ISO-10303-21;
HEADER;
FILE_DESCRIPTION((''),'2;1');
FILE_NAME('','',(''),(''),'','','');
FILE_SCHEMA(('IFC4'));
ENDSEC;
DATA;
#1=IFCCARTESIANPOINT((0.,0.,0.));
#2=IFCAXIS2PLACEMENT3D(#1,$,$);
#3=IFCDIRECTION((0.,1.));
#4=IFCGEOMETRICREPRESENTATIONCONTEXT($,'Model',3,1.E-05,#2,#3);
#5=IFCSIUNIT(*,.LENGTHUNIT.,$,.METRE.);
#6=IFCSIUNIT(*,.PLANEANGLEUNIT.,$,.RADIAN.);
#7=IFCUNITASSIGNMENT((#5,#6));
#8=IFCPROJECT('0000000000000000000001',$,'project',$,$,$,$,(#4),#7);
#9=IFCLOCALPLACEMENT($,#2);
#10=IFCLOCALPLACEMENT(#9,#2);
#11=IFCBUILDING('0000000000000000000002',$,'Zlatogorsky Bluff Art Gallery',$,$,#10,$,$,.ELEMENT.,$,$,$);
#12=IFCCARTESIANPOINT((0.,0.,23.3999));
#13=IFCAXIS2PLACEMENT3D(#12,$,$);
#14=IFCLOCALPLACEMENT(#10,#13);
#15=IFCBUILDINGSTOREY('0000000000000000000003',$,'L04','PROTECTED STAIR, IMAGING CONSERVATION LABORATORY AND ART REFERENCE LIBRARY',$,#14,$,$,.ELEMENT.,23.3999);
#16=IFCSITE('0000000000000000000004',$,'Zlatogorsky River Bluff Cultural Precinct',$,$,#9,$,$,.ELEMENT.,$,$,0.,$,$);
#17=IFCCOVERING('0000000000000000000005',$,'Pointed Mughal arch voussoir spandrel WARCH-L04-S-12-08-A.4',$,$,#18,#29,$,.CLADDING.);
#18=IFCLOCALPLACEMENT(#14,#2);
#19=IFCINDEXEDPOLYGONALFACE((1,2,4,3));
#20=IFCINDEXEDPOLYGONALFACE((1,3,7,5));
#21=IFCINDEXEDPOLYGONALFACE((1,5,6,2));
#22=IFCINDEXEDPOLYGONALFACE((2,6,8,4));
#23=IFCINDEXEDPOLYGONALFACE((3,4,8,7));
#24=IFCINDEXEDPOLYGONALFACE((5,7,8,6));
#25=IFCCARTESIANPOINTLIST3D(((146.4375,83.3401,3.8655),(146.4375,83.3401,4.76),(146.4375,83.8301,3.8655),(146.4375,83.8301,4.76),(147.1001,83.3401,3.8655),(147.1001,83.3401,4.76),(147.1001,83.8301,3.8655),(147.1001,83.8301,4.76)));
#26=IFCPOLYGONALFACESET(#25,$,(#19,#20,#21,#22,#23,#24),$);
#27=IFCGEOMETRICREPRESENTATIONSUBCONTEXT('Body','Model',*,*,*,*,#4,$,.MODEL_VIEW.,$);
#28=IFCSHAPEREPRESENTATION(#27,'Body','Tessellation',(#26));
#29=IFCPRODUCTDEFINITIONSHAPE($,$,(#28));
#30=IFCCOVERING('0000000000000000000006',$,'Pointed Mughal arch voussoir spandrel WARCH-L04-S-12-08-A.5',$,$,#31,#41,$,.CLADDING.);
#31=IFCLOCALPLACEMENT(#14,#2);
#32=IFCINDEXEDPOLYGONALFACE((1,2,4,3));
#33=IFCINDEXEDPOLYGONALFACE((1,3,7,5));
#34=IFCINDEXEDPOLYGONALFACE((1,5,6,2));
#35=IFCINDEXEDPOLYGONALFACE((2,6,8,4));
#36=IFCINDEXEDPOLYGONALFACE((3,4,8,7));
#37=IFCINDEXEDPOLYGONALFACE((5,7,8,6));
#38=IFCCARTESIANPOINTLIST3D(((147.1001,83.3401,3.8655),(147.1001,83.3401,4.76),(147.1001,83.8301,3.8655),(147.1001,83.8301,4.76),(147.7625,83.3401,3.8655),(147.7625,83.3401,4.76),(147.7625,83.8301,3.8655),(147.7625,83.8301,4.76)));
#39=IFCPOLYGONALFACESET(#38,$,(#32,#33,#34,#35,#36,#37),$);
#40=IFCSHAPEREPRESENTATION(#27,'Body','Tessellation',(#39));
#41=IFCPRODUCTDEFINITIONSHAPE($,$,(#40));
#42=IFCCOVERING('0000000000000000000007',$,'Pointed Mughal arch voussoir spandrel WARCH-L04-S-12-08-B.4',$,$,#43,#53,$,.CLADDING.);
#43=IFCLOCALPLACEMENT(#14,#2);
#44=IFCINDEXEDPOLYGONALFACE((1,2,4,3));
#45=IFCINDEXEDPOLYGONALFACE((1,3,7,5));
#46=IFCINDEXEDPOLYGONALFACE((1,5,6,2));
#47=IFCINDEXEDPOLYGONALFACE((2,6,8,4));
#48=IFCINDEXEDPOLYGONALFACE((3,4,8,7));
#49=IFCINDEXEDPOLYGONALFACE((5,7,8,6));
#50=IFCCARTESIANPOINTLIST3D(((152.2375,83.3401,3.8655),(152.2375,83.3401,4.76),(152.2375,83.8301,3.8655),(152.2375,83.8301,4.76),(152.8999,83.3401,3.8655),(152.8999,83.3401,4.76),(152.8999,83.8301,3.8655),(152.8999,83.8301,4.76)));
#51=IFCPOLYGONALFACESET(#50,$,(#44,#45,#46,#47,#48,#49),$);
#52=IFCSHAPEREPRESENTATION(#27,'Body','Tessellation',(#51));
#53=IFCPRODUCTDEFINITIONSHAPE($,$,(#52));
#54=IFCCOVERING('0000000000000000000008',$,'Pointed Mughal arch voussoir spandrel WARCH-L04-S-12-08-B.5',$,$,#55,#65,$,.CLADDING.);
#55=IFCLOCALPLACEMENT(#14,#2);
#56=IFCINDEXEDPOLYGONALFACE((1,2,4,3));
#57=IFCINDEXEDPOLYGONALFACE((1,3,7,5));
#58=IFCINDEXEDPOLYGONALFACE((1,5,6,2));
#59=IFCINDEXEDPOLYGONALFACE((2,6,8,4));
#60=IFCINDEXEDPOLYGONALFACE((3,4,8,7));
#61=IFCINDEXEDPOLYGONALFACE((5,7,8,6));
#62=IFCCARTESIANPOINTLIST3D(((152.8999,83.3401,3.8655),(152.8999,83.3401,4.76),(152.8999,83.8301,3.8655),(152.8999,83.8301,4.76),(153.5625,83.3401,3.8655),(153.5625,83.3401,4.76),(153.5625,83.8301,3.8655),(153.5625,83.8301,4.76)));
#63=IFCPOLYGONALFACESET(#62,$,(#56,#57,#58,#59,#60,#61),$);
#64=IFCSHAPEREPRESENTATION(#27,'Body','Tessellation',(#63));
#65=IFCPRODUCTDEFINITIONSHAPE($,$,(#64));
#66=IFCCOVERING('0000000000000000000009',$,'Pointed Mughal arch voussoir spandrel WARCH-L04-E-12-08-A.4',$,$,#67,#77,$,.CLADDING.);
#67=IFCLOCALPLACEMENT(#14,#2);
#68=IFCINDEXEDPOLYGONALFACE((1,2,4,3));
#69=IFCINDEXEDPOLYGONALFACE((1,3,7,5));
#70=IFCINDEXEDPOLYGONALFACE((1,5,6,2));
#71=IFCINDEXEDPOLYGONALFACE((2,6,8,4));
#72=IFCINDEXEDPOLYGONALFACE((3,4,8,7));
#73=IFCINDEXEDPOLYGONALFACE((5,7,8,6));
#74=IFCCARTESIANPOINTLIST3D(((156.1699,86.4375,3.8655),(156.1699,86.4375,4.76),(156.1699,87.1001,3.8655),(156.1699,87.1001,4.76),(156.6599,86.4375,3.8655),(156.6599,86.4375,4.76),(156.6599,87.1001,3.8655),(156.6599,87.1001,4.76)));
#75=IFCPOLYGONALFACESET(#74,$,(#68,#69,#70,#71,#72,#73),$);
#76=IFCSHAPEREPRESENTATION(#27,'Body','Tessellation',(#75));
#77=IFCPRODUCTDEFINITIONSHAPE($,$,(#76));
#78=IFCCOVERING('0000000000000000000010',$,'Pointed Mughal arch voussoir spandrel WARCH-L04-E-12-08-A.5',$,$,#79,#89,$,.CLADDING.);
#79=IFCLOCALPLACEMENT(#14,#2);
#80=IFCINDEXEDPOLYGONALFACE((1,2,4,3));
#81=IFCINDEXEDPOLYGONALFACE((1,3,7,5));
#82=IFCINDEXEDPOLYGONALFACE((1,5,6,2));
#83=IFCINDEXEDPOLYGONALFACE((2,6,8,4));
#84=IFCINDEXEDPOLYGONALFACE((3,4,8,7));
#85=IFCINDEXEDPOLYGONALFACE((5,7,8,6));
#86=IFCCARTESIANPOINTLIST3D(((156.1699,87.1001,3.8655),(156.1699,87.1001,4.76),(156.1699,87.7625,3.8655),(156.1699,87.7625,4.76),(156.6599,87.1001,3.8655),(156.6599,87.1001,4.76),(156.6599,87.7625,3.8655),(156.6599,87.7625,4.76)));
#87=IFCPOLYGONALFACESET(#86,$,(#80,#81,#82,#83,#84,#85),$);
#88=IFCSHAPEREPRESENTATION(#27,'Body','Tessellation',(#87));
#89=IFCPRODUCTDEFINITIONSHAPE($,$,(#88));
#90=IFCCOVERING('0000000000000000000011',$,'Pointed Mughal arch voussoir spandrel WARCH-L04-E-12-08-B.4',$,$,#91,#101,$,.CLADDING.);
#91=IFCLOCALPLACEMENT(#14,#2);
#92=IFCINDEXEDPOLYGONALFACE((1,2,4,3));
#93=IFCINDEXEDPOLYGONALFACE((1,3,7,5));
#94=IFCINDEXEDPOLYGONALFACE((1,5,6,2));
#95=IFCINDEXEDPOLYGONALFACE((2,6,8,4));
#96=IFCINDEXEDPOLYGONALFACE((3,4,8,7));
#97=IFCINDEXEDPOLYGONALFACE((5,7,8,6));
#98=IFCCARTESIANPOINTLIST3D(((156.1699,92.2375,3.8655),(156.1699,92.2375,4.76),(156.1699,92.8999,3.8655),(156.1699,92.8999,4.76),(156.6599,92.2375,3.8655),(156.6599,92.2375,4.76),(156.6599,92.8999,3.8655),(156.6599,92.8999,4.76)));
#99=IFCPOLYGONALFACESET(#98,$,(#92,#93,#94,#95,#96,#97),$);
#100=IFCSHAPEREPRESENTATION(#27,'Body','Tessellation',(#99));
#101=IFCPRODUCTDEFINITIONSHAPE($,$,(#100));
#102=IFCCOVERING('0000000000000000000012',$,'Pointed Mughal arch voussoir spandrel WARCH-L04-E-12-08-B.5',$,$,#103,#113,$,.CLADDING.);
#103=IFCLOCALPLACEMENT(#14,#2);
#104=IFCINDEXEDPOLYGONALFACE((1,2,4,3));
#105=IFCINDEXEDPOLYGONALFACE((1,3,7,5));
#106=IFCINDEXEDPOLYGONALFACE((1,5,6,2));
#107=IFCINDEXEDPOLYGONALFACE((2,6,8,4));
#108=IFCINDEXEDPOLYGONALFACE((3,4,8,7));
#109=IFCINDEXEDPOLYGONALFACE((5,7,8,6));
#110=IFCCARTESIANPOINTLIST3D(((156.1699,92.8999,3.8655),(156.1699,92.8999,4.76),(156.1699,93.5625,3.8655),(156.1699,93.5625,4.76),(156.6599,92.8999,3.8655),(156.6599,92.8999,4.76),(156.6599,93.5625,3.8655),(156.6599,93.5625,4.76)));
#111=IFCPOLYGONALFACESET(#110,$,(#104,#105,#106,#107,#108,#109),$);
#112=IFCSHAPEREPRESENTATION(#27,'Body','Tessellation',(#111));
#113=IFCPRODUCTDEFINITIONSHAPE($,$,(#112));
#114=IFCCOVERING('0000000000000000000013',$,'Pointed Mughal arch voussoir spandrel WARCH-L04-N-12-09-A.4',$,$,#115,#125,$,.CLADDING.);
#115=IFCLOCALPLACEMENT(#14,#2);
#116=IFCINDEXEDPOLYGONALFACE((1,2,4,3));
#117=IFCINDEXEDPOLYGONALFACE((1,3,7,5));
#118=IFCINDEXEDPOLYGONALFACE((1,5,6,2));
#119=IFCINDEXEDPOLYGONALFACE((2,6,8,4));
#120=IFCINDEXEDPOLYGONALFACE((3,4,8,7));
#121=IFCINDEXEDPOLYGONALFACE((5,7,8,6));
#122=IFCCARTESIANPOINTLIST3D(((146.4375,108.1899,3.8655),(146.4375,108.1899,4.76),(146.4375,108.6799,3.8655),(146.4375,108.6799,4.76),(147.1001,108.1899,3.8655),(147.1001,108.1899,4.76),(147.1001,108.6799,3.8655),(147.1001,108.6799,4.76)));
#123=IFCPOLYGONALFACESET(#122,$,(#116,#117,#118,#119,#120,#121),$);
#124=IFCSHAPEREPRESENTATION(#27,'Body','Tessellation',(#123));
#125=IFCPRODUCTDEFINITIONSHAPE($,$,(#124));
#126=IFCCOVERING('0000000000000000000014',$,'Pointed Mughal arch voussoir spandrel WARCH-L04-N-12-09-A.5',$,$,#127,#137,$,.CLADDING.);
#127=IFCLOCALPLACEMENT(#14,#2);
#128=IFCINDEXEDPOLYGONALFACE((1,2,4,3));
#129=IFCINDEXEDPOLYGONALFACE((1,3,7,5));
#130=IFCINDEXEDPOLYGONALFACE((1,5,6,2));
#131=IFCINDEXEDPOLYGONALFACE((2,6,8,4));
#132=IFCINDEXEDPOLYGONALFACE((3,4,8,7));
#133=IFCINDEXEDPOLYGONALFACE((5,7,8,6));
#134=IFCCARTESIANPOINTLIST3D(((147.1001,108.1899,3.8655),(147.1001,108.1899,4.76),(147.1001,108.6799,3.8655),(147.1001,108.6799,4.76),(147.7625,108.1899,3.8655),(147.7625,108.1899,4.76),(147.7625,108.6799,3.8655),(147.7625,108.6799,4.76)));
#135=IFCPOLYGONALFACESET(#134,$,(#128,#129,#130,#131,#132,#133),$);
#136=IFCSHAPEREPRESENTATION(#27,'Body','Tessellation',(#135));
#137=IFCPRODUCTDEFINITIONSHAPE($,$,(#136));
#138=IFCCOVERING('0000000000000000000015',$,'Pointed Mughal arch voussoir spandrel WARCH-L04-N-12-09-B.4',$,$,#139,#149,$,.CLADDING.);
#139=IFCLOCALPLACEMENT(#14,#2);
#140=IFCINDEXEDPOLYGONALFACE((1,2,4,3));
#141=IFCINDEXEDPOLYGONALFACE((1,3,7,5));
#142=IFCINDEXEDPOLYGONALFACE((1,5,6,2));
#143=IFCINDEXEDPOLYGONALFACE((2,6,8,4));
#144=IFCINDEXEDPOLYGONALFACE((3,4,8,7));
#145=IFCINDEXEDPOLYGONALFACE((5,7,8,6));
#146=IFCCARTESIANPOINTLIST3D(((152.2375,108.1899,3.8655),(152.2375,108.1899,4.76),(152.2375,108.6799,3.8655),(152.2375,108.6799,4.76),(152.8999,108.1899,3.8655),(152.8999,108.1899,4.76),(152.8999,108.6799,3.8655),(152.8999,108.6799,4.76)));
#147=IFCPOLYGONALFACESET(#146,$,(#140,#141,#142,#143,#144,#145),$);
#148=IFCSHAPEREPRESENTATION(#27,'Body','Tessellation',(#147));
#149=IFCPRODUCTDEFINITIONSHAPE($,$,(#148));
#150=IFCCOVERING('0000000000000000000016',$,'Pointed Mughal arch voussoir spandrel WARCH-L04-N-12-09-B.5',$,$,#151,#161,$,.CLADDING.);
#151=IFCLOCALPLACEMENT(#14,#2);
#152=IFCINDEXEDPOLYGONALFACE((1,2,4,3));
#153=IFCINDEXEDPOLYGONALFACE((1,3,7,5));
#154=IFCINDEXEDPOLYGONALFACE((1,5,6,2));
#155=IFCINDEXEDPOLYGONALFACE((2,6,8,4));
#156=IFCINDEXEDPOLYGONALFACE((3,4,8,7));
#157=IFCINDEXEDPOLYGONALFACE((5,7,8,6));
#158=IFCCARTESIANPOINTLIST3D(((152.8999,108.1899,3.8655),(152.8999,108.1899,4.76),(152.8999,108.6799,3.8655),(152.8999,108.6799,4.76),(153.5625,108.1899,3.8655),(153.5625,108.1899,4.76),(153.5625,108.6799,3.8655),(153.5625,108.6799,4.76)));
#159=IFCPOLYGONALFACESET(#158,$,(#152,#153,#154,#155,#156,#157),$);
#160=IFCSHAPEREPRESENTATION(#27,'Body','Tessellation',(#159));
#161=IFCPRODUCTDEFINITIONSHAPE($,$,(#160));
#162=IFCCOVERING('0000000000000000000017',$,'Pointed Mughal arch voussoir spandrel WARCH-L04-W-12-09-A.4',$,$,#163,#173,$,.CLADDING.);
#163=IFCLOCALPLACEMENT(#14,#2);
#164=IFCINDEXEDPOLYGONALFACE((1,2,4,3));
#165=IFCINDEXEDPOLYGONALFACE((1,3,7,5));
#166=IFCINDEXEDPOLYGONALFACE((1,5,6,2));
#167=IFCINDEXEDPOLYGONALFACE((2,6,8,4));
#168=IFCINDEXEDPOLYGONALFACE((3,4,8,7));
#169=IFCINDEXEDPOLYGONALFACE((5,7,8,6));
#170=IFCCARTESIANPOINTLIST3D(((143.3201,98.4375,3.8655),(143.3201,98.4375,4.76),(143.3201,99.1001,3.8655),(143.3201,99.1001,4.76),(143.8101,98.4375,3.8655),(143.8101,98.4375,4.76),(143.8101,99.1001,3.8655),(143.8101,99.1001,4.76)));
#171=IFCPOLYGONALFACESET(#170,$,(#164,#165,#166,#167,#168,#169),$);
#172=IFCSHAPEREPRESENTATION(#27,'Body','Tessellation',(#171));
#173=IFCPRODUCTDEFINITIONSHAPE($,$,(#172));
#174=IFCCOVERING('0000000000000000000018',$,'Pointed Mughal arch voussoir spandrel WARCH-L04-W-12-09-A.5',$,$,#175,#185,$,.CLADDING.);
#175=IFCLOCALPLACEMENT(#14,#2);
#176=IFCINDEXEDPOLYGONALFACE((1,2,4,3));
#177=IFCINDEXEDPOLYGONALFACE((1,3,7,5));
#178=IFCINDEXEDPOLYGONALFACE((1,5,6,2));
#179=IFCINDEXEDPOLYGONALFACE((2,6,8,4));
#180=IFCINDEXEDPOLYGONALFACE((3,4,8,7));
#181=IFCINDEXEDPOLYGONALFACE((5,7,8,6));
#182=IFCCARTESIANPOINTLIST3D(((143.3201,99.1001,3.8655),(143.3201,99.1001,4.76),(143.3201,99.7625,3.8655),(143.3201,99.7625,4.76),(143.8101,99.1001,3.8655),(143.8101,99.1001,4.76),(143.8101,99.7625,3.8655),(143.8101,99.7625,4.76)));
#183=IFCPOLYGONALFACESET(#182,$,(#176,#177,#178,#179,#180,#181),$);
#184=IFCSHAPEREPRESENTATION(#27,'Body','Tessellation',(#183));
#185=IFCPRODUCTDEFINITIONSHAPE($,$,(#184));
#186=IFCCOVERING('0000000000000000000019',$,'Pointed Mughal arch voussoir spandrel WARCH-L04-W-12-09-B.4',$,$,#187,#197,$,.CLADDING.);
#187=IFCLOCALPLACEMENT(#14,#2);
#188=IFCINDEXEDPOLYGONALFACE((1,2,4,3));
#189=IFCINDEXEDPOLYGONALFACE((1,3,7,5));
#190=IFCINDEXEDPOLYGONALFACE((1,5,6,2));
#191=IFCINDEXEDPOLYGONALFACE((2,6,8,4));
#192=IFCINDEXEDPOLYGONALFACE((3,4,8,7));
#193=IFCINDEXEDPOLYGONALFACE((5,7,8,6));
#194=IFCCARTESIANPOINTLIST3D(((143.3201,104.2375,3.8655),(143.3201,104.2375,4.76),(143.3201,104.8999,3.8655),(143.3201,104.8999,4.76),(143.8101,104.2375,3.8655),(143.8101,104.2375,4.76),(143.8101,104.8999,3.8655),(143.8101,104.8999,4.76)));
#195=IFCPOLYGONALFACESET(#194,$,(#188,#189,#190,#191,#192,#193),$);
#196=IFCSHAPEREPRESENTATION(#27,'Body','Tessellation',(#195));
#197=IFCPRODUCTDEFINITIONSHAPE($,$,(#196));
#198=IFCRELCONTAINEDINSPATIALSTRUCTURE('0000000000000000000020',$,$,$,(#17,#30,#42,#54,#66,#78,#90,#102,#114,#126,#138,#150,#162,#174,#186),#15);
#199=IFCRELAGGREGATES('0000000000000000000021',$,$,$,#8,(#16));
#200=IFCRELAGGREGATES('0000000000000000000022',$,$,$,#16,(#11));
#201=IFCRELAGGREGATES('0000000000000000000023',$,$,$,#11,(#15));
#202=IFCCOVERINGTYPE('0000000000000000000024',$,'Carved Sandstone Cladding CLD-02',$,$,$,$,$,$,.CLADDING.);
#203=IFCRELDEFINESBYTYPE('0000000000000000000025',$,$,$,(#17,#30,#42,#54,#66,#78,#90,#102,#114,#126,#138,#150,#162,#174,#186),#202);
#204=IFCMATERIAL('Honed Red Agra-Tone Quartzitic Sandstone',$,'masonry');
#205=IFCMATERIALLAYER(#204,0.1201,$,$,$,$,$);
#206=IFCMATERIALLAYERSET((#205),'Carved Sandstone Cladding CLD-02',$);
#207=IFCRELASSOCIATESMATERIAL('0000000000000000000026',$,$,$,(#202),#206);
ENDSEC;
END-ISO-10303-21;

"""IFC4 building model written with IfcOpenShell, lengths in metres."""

from ifc_helpers import new_model, si_unit, direction, frame, origin, place, context, subcontext, project, spatial, polyline, outline, extrude, material, layer, layer_set, type_object, element, save


model = new_model("IFC4")

# Units and contexts
model_context = context("Model", 3, precision=1e-05, world=origin(), true_north=direction((0.0, 1.0)))
body_context = subcontext(model_context, "Body", "Model", "MODEL_VIEW")
ifc_project = project(units=[si_unit("LENGTHUNIT", "METRE"), si_unit("PLANEANGLEUNIT", "RADIAN")], contexts=[model_context])

# Site, building, storey
site_placement = place(None, origin())
site = spatial("IfcSite", under=ifc_project, at=site_placement, Name="Zlatogorsky River Bluff Cultural Precinct", CompositionType="ELEMENT", RefElevation=0.0)
building_placement = place(site_placement, origin())
building = spatial("IfcBuilding", under=site, at=building_placement, Name="Zlatogorsky Bluff Art Gallery", CompositionType="ELEMENT")
storey_placement = place(building_placement, frame((0.0, 0.0, 23.3999)))
storey = spatial("IfcBuildingStorey", under=building, at=storey_placement, Name="L04", Description="PROTECTED STAIR, IMAGING CONSERVATION LABORATORY AND ART REFERENCE LIBRARY", CompositionType="ELEMENT", Elevation=23.3999)

# Coverings
ifc_material = material(Name="Honed Red Agra-Tone Quartzitic Sandstone", Category="masonry")
ifc_layer = layer(ifc_material, 0.1201)
ifc_layer_set = layer_set([ifc_layer], Name="Carved Sandstone Cladding CLD-02")
covering_type = type_object("IfcCoveringType", Name="Carved Sandstone Cladding CLD-02", PredefinedType="CLADDING", material=ifc_layer_set)
covering_1_placement = place(storey_placement, frame((0.0, 0.0, 3.8655)))
element("IfcCovering", 1, at=covering_1_placement, inside=storey, type_object=covering_type, Name="Pointed Mughal arch voussoir spandrel WARCH-L04-S-12-08-A.4", PredefinedType="CLADDING", context=body_context, shape_type="SweptSolid", body=[
    extrude(outline(polyline([(146.4375, 83.3401), (147.1001, 83.3401), (147.1001, 83.8301), (146.4375, 83.8301), (146.4375, 83.3401)])), origin(), (0.0, 0.0, 1.0), 0.8945),
])
covering_2_placement = place(storey_placement, frame((0.0, 0.0, 3.8655)))
element("IfcCovering", 2, at=covering_2_placement, inside=storey, type_object=covering_type, Name="Pointed Mughal arch voussoir spandrel WARCH-L04-S-12-08-A.5", PredefinedType="CLADDING", context=body_context, shape_type="SweptSolid", body=[
    extrude(outline(polyline([(147.1001, 83.3401), (147.7625, 83.3401), (147.7625, 83.8301), (147.1001, 83.8301), (147.1001, 83.3401)])), origin(), (0.0, 0.0, 1.0), 0.8945),
])
covering_3_placement = place(storey_placement, frame((0.0, 0.0, 3.8655)))
element("IfcCovering", 3, at=covering_3_placement, inside=storey, type_object=covering_type, Name="Pointed Mughal arch voussoir spandrel WARCH-L04-S-12-08-B.4", PredefinedType="CLADDING", context=body_context, shape_type="SweptSolid", body=[
    extrude(outline(polyline([(152.2375, 83.3401), (152.8999, 83.3401), (152.8999, 83.8301), (152.2375, 83.8301), (152.2375, 83.3401)])), origin(), (0.0, 0.0, 1.0), 0.8945),
])
covering_4_placement = place(storey_placement, frame((0.0, 0.0, 3.8655)))
element("IfcCovering", 4, at=covering_4_placement, inside=storey, type_object=covering_type, Name="Pointed Mughal arch voussoir spandrel WARCH-L04-S-12-08-B.5", PredefinedType="CLADDING", context=body_context, shape_type="SweptSolid", body=[
    extrude(outline(polyline([(152.8999, 83.3401), (153.5625, 83.3401), (153.5625, 83.8301), (152.8999, 83.8301), (152.8999, 83.3401)])), origin(), (0.0, 0.0, 1.0), 0.8945),
])
covering_5_placement = place(storey_placement, frame((0.0, 0.0, 3.8655)))
element("IfcCovering", 5, at=covering_5_placement, inside=storey, type_object=covering_type, Name="Pointed Mughal arch voussoir spandrel WARCH-L04-E-12-08-A.4", PredefinedType="CLADDING", context=body_context, shape_type="SweptSolid", body=[
    extrude(outline(polyline([(156.1699, 86.4375), (156.1699, 87.1001), (156.6599, 87.1001), (156.6599, 86.4375), (156.1699, 86.4375)])), origin(), (0.0, 0.0, 1.0), 0.8945),
])
covering_6_placement = place(storey_placement, frame((0.0, 0.0, 3.8655)))
element("IfcCovering", 6, at=covering_6_placement, inside=storey, type_object=covering_type, Name="Pointed Mughal arch voussoir spandrel WARCH-L04-E-12-08-A.5", PredefinedType="CLADDING", context=body_context, shape_type="SweptSolid", body=[
    extrude(outline(polyline([(156.1699, 87.1001), (156.1699, 87.7625), (156.6599, 87.7625), (156.6599, 87.1001), (156.1699, 87.1001)])), origin(), (0.0, 0.0, 1.0), 0.8945),
])
covering_7_placement = place(storey_placement, frame((0.0, 0.0, 3.8655)))
element("IfcCovering", 7, at=covering_7_placement, inside=storey, type_object=covering_type, Name="Pointed Mughal arch voussoir spandrel WARCH-L04-E-12-08-B.4", PredefinedType="CLADDING", context=body_context, shape_type="SweptSolid", body=[
    extrude(outline(polyline([(156.1699, 92.2375), (156.1699, 92.8999), (156.6599, 92.8999), (156.6599, 92.2375), (156.1699, 92.2375)])), origin(), (0.0, 0.0, 1.0), 0.8945),
])
covering_8_placement = place(storey_placement, frame((0.0, 0.0, 3.8655)))
element("IfcCovering", 8, at=covering_8_placement, inside=storey, type_object=covering_type, Name="Pointed Mughal arch voussoir spandrel WARCH-L04-E-12-08-B.5", PredefinedType="CLADDING", context=body_context, shape_type="SweptSolid", body=[
    extrude(outline(polyline([(156.1699, 92.8999), (156.1699, 93.5625), (156.6599, 93.5625), (156.6599, 92.8999), (156.1699, 92.8999)])), origin(), (0.0, 0.0, 1.0), 0.8945),
])
covering_9_placement = place(storey_placement, frame((0.0, 0.0, 3.8655)))
element("IfcCovering", 9, at=covering_9_placement, inside=storey, type_object=covering_type, Name="Pointed Mughal arch voussoir spandrel WARCH-L04-N-12-09-A.4", PredefinedType="CLADDING", context=body_context, shape_type="SweptSolid", body=[
    extrude(outline(polyline([(146.4375, 108.1899), (147.1001, 108.1899), (147.1001, 108.6799), (146.4375, 108.6799), (146.4375, 108.1899)])), origin(), (0.0, 0.0, 1.0), 0.8945),
])
covering_10_placement = place(storey_placement, frame((0.0, 0.0, 3.8655)))
element("IfcCovering", 10, at=covering_10_placement, inside=storey, type_object=covering_type, Name="Pointed Mughal arch voussoir spandrel WARCH-L04-N-12-09-A.5", PredefinedType="CLADDING", context=body_context, shape_type="SweptSolid", body=[
    extrude(outline(polyline([(147.1001, 108.1899), (147.7625, 108.1899), (147.7625, 108.6799), (147.1001, 108.6799), (147.1001, 108.1899)])), origin(), (0.0, 0.0, 1.0), 0.8945),
])
covering_11_placement = place(storey_placement, frame((0.0, 0.0, 3.8655)))
element("IfcCovering", 11, at=covering_11_placement, inside=storey, type_object=covering_type, Name="Pointed Mughal arch voussoir spandrel WARCH-L04-N-12-09-B.4", PredefinedType="CLADDING", context=body_context, shape_type="SweptSolid", body=[
    extrude(outline(polyline([(152.2375, 108.1899), (152.8999, 108.1899), (152.8999, 108.6799), (152.2375, 108.6799), (152.2375, 108.1899)])), origin(), (0.0, 0.0, 1.0), 0.8945),
])
covering_12_placement = place(storey_placement, frame((0.0, 0.0, 3.8655)))
element("IfcCovering", 12, at=covering_12_placement, inside=storey, type_object=covering_type, Name="Pointed Mughal arch voussoir spandrel WARCH-L04-N-12-09-B.5", PredefinedType="CLADDING", context=body_context, shape_type="SweptSolid", body=[
    extrude(outline(polyline([(152.8999, 108.1899), (153.5625, 108.1899), (153.5625, 108.6799), (152.8999, 108.6799), (152.8999, 108.1899)])), origin(), (0.0, 0.0, 1.0), 0.8945),
])
covering_13_placement = place(storey_placement, frame((0.0, 0.0, 3.8655)))
element("IfcCovering", 13, at=covering_13_placement, inside=storey, type_object=covering_type, Name="Pointed Mughal arch voussoir spandrel WARCH-L04-W-12-09-A.4", PredefinedType="CLADDING", context=body_context, shape_type="SweptSolid", body=[
    extrude(outline(polyline([(143.3201, 98.4375), (143.3201, 99.1001), (143.8101, 99.1001), (143.8101, 98.4375), (143.3201, 98.4375)])), origin(), (0.0, 0.0, 1.0), 0.8945),
])
covering_14_placement = place(storey_placement, frame((0.0, 0.0, 3.8655)))
element("IfcCovering", 14, at=covering_14_placement, inside=storey, type_object=covering_type, Name="Pointed Mughal arch voussoir spandrel WARCH-L04-W-12-09-A.5", PredefinedType="CLADDING", context=body_context, shape_type="SweptSolid", body=[
    extrude(outline(polyline([(143.3201, 99.1001), (143.3201, 99.7625), (143.8101, 99.7625), (143.8101, 99.1001), (143.3201, 99.1001)])), origin(), (0.0, 0.0, 1.0), 0.8945),
])
covering_15_placement = place(storey_placement, frame((0.0, 0.0, 3.8655)))
element("IfcCovering", 15, at=covering_15_placement, inside=storey, type_object=covering_type, Name="Pointed Mughal arch voussoir spandrel WARCH-L04-W-12-09-B.4", PredefinedType="CLADDING", context=body_context, shape_type="SweptSolid", body=[
    extrude(outline(polyline([(143.3201, 104.2375), (143.3201, 104.8999), (143.8101, 104.8999), (143.8101, 104.2375), (143.3201, 104.2375)])), origin(), (0.0, 0.0, 1.0), 0.8945),
])

save(model, "model.ifc")
